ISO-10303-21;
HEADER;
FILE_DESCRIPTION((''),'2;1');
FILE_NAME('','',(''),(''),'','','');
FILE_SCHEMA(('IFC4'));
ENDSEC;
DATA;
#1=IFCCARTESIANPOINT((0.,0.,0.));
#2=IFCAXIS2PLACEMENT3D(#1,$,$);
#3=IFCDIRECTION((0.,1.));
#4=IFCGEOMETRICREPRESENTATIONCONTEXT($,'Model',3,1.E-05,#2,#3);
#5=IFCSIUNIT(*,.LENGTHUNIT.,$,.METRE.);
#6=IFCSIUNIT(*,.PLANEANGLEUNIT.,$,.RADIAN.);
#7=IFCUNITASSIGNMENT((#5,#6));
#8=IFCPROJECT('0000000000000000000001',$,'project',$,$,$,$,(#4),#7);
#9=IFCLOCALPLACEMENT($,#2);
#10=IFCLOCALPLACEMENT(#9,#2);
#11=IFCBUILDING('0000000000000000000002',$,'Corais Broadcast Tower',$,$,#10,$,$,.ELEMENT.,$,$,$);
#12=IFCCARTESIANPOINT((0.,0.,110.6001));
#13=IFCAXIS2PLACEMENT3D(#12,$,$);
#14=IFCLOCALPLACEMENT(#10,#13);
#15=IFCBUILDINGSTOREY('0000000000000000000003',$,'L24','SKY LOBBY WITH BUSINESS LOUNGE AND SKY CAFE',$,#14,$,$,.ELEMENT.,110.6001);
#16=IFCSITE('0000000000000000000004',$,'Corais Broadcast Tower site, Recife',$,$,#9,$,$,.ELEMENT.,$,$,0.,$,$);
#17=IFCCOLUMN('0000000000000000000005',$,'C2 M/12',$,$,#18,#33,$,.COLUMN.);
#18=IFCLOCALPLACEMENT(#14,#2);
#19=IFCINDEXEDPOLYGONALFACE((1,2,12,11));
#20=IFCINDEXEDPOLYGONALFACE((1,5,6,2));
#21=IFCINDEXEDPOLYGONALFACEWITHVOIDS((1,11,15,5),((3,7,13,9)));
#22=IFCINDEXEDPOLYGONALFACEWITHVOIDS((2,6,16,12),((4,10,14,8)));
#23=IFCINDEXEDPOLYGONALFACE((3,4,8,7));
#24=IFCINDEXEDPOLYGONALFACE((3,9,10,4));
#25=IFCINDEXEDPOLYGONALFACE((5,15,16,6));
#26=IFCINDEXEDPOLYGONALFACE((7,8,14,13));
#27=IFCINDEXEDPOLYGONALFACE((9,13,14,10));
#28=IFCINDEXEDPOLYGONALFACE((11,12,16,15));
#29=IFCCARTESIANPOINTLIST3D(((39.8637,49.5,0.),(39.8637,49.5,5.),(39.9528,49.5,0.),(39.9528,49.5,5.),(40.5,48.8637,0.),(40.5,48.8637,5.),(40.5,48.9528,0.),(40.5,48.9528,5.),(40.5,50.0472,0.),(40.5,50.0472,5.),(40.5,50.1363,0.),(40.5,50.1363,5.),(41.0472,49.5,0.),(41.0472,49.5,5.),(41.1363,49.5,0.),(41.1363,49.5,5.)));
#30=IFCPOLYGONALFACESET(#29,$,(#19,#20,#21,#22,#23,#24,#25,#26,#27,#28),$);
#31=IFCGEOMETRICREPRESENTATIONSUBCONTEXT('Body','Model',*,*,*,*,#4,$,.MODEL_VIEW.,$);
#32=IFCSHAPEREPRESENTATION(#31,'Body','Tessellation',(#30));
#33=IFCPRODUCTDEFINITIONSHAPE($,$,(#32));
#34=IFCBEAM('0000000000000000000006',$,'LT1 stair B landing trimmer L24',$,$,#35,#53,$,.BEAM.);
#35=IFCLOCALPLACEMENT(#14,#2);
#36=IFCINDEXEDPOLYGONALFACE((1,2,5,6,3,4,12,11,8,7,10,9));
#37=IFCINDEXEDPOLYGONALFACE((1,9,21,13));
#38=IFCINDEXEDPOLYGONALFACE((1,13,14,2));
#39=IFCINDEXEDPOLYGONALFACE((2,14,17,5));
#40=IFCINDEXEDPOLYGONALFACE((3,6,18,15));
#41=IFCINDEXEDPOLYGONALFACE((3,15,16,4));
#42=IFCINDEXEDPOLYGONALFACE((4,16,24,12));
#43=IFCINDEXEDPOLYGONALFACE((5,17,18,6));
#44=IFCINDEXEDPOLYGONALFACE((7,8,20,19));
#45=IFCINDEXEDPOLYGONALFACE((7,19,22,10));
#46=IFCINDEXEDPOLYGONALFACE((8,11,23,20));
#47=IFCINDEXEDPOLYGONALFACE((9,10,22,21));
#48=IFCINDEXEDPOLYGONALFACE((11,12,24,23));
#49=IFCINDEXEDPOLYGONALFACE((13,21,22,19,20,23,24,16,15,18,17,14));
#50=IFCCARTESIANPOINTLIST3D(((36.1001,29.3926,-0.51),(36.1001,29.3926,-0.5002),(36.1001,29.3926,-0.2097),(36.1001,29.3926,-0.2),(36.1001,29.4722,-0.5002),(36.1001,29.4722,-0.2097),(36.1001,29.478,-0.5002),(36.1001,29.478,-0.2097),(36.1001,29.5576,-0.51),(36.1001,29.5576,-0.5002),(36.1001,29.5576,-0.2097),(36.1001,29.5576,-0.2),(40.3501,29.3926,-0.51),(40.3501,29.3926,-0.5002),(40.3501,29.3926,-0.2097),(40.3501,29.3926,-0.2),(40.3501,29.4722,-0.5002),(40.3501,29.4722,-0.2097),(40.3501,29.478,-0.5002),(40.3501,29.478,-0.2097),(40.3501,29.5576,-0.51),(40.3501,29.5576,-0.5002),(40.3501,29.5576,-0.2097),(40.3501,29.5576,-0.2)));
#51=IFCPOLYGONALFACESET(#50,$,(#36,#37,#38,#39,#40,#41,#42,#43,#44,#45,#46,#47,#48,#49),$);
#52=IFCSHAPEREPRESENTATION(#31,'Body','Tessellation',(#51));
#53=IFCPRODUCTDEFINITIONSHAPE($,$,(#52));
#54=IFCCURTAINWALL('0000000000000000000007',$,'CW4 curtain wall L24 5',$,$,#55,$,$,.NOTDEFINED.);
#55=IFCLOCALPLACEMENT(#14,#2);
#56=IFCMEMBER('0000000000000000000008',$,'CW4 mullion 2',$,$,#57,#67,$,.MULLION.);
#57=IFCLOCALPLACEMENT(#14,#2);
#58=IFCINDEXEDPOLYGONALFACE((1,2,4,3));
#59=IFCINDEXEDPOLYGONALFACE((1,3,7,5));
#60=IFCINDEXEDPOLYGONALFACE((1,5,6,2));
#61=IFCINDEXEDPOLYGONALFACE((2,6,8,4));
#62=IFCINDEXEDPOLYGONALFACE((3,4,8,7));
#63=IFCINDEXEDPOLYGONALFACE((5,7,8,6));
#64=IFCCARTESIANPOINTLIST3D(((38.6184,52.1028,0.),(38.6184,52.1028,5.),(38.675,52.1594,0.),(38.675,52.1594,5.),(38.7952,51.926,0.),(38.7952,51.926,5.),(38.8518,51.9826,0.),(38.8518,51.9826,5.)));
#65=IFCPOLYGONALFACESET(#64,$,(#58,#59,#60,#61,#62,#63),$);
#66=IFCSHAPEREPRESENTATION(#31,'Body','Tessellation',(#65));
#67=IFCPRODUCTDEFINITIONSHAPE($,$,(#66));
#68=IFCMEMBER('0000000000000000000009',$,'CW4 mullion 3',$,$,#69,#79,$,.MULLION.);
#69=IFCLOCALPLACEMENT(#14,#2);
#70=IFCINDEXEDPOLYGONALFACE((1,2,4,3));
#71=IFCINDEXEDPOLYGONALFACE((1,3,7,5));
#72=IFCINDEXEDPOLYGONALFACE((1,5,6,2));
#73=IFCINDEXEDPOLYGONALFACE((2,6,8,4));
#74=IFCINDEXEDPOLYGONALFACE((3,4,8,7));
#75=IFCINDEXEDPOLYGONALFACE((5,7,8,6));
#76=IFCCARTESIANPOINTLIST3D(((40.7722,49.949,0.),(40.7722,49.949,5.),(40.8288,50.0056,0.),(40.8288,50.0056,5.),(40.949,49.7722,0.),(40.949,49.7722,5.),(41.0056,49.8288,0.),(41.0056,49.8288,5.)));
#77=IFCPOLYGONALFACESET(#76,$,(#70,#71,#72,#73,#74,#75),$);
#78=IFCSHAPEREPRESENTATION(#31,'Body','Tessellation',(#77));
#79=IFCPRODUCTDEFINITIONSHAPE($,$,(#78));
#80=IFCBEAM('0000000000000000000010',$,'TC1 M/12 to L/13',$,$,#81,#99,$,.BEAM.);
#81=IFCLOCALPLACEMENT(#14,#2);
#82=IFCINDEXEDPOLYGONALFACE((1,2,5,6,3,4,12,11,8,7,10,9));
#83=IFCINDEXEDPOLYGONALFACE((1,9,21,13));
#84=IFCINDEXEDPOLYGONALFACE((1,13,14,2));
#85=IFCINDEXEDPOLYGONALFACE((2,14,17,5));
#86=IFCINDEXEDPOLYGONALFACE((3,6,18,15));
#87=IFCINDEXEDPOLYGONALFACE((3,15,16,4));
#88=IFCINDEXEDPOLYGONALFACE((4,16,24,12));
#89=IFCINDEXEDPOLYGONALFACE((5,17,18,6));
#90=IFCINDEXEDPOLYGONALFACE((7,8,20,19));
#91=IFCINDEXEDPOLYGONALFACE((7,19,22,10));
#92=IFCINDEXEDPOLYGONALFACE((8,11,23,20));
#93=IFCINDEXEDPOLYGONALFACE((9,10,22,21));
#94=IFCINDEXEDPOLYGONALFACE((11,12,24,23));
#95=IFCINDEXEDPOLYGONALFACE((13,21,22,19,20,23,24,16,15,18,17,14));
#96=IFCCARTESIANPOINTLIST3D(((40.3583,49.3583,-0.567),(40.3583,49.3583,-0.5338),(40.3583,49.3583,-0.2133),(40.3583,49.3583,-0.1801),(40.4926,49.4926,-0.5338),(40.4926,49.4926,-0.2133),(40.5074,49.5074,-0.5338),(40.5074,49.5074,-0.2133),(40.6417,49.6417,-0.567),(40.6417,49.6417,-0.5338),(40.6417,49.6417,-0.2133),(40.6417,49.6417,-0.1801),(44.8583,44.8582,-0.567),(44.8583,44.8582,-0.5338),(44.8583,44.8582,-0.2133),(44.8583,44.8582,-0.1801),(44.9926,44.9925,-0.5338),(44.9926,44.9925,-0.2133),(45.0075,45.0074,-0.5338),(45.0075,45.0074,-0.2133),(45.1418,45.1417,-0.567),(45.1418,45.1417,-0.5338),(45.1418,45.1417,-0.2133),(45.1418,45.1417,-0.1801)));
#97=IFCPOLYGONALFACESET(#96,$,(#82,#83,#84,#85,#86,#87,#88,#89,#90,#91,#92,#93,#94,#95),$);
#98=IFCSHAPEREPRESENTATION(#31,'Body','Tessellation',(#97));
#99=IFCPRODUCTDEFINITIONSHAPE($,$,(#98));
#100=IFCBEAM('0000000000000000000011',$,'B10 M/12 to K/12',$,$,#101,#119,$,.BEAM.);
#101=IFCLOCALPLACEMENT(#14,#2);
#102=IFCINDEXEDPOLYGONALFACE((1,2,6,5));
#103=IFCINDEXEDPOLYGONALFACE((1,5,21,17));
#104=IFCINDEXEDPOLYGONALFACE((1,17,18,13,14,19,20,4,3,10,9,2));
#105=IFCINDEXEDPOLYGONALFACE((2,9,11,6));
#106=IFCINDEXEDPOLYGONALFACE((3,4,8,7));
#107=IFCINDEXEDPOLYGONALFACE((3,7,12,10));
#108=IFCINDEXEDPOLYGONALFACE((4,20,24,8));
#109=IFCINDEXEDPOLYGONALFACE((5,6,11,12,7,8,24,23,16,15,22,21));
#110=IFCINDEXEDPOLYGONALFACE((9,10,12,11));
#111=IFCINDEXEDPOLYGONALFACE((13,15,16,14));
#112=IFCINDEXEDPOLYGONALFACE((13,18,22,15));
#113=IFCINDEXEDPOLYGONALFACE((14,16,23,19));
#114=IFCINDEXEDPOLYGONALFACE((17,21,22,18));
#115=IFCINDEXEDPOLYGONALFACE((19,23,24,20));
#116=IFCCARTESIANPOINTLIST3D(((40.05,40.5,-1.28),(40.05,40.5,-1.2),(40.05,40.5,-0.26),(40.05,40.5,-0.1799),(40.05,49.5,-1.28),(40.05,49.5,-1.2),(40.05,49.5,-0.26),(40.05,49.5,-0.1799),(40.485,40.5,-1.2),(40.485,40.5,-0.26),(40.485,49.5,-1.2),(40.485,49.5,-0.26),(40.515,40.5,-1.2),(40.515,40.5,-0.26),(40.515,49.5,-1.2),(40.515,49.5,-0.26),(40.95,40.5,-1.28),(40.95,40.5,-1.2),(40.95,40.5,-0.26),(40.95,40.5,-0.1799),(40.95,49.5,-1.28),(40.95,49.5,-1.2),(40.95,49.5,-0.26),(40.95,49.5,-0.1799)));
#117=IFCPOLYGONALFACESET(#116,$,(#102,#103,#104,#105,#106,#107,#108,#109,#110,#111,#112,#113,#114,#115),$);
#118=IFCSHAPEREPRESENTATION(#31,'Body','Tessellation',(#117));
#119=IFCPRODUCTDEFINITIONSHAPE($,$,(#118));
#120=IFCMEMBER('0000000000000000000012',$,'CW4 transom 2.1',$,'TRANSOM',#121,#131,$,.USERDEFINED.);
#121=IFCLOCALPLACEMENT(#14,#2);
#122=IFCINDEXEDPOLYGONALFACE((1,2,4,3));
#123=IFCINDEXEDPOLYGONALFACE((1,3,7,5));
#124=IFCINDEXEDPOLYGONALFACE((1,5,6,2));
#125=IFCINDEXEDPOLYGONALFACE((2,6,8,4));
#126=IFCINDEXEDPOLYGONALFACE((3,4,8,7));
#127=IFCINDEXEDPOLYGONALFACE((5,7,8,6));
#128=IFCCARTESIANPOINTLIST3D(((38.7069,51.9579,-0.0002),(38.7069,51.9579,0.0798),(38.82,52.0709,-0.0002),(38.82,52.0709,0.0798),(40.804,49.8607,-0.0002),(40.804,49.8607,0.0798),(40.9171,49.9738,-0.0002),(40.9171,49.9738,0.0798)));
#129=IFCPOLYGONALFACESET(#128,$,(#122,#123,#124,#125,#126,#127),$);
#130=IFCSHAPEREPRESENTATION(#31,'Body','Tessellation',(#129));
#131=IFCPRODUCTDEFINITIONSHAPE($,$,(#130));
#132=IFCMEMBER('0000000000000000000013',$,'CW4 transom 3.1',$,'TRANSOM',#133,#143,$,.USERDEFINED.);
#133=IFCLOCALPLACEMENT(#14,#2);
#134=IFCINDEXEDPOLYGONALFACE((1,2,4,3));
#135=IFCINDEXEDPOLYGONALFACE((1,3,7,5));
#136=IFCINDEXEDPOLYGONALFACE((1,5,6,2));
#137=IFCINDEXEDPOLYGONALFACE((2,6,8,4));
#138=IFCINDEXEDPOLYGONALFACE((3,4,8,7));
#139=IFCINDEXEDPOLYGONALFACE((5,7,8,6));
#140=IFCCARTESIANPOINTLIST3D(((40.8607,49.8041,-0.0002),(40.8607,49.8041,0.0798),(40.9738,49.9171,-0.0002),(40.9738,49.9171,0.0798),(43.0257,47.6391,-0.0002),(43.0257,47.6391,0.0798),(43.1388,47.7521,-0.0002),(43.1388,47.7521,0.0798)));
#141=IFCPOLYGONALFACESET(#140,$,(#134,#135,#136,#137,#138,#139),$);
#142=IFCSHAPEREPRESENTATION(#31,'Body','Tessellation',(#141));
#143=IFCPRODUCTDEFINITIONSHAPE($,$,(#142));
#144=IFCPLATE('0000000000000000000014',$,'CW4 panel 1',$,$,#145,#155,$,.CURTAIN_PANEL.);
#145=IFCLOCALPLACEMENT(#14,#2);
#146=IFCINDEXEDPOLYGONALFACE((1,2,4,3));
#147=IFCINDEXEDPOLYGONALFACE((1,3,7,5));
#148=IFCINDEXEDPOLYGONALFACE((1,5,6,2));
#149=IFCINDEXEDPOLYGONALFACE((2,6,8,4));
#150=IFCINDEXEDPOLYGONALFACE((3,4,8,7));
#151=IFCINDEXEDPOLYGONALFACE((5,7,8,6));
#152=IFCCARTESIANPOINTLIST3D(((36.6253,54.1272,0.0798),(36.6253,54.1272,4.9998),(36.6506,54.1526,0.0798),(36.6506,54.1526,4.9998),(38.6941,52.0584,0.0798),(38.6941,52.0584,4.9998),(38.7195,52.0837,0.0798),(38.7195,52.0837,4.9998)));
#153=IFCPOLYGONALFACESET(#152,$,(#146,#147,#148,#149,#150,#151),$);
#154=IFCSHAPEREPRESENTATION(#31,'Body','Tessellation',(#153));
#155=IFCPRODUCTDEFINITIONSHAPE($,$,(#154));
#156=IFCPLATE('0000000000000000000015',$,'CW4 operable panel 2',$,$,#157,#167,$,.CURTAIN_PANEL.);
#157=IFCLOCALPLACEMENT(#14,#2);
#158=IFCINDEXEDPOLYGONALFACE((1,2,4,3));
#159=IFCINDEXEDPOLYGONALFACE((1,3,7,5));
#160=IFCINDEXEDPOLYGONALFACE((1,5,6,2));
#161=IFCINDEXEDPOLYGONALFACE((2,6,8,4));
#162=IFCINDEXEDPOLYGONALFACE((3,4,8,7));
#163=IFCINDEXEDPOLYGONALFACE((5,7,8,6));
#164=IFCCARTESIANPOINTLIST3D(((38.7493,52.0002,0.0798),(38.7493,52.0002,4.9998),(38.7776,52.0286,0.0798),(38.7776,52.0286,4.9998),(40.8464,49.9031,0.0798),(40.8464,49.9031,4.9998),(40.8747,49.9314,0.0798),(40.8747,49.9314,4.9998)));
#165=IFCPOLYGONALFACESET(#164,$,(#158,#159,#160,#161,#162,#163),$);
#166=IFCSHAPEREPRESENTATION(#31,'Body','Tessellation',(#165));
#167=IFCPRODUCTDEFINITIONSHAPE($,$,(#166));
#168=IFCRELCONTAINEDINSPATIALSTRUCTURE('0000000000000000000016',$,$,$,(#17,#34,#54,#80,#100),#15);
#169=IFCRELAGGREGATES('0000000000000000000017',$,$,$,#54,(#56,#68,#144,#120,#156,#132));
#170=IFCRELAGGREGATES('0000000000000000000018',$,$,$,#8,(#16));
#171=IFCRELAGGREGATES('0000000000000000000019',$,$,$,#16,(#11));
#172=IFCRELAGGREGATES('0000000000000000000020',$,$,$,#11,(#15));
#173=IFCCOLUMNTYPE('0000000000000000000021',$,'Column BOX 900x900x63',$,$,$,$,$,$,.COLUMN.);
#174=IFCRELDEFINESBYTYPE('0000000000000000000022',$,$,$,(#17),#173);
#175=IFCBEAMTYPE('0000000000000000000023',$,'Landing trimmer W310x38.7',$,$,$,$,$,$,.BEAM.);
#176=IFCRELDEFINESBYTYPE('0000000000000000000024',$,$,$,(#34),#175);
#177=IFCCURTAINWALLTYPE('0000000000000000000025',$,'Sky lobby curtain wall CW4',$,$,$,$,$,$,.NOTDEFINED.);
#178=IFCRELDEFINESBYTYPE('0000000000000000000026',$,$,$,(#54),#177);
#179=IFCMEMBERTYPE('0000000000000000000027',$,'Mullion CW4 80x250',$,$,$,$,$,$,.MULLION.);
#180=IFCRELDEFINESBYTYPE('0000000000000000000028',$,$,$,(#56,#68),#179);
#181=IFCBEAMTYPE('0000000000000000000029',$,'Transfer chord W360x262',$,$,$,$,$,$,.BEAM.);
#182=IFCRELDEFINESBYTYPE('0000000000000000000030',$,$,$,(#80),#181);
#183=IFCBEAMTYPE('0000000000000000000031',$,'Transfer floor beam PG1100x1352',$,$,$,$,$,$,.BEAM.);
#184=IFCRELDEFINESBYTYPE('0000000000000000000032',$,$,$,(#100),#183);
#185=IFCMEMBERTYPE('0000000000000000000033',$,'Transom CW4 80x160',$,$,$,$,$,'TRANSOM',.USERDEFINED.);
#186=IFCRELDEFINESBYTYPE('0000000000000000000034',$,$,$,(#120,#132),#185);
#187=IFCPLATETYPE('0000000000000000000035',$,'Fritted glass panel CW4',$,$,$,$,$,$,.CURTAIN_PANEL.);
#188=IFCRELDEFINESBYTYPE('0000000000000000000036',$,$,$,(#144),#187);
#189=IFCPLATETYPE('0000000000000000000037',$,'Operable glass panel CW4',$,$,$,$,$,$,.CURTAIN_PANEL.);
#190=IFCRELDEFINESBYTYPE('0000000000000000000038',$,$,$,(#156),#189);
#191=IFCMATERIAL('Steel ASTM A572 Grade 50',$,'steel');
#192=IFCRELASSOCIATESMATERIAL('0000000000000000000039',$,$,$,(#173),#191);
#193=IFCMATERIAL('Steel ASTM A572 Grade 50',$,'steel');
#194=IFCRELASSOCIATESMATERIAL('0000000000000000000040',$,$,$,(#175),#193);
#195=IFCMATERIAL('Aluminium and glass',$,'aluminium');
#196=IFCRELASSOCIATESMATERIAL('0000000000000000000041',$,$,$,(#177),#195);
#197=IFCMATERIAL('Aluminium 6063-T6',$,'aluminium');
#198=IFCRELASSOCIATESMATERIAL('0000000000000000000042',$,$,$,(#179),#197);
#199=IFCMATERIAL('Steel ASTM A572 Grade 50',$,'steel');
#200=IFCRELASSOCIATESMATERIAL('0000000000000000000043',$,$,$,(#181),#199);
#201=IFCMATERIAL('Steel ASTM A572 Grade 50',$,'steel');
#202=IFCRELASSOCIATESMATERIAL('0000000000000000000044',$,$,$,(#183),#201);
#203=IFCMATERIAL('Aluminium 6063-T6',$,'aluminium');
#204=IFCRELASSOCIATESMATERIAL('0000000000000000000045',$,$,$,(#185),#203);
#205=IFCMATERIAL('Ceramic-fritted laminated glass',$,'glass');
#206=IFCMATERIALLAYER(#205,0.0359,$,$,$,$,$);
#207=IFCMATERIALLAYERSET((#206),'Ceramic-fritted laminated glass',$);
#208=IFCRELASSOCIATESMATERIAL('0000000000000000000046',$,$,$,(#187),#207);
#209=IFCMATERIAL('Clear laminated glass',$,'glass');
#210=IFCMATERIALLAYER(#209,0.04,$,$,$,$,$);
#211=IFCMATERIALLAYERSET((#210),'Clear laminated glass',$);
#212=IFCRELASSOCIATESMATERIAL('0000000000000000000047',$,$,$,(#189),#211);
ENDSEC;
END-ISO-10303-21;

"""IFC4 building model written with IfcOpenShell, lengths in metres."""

from ifc_helpers import new_model, si_unit, direction, frame, origin, origin_2d, place, context, subcontext, project, spatial, rectangle, hollow_rectangle, i_section, extrude, material, layer, layer_set, material_profile, profile_set, type_object, element, aggregate, save


model = new_model("IFC4")

# Units and contexts
model_context = context("Model", 3, precision=1e-05, world=origin(), true_north=direction((0.0, 1.0)))
body_context = subcontext(model_context, "Body", "Model", "MODEL_VIEW")
ifc_project = project(units=[si_unit("LENGTHUNIT", "METRE"), si_unit("PLANEANGLEUNIT", "RADIAN")], contexts=[model_context])

# Site, building, storey
site_placement = place(None, origin())
site = spatial("IfcSite", under=ifc_project, at=site_placement, Name="Corais Broadcast Tower site, Recife", CompositionType="ELEMENT", RefElevation=0.0)
building_placement = place(site_placement, origin())
building = spatial("IfcBuilding", under=site, at=building_placement, Name="Corais Broadcast Tower", CompositionType="ELEMENT")
storey_placement = place(building_placement, frame((0.0, 0.0, 110.6001)))
storey = spatial("IfcBuildingStorey", under=building, at=storey_placement, Name="L24", Description="SKY LOBBY WITH BUSINESS LOUNGE AND SKY CAFE", CompositionType="ELEMENT", Elevation=110.6001)

# Column
ifc_material_1 = material(Name="Steel ASTM A572 Grade 50", Category="steel")
ifc_material_profile_1 = material_profile(ifc_material_1, hollow_rectangle(XDim=0.8999, YDim=0.8999, WallThickness=0.063, at=origin_2d()), Name="BOX 900x900x63")
ifc_profile_set_1 = profile_set([ifc_material_profile_1], Name="Steel ASTM A572 Grade 50")
column_type = type_object("IfcColumnType", Name="Column BOX 900x900x63", PredefinedType="COLUMN", material=ifc_profile_set_1)
column_placement = place(storey_placement, frame((40.5, 49.5, 0.0), z_axis=(0.0, 0.0, 1.0), x_axis=(0.707107, 0.707107, 0.0)))
element("IfcColumn", 1, at=column_placement, inside=storey, type_object=column_type, Name="C2 M/12", PredefinedType="COLUMN", context=body_context, shape_type="SweptSolid", body=[
    extrude(hollow_rectangle(XDim=0.8999, YDim=0.8999, WallThickness=0.063, at=origin_2d()), origin(), (0.0, 0.0, 1.0), 5.0),
])

# Beam
ifc_material_2 = material(Name="Steel ASTM A572 Grade 50", Category="steel")
ifc_material_profile_2 = material_profile(ifc_material_2, i_section(OverallWidth=0.165, OverallDepth=0.3101, WebThickness=0.0059, FlangeThickness=0.0098, at=origin_2d()), Name="W310x38.7")
ifc_profile_set_2 = profile_set([ifc_material_profile_2], Name="Steel ASTM A572 Grade 50")
beam_type_1 = type_object("IfcBeamType", Name="Landing trimmer W310x38.7", PredefinedType="BEAM", material=ifc_profile_set_2)
beam_1_placement = place(storey_placement, frame((36.1001, 29.4751, -0.355), z_axis=(1.0, 0.0, 0.0), x_axis=(0.0, 1.0, 0.0)))
element("IfcBeam", 2, at=beam_1_placement, inside=storey, type_object=beam_type_1, Name="LT1 stair B landing trimmer L24", PredefinedType="BEAM", context=body_context, shape_type="SweptSolid", body=[
    extrude(i_section(OverallWidth=0.165, OverallDepth=0.3101, WebThickness=0.0059, FlangeThickness=0.0098, at=origin_2d()), origin(), (0.0, 0.0, 1.0), 4.25),
])

# Curtain wall, members
ifc_material_3 = material(Name="Aluminium and glass", Category="aluminium")
curtain_wall_type = type_object("IfcCurtainWallType", Name="Sky lobby curtain wall CW4", PredefinedType="NOTDEFINED", material=ifc_material_3)
curtain_wall_placement = place(storey_placement, origin())
curtain_wall = element("IfcCurtainWall", 3, at=curtain_wall_placement, inside=storey, type_object=curtain_wall_type, Name="CW4 curtain wall L24 5", PredefinedType="NOTDEFINED")
ifc_material_4 = material(Name="Aluminium 6063-T6", Category="aluminium")
ifc_material_profile_3 = material_profile(ifc_material_4, rectangle(XDim=0.0801, YDim=0.25, at=origin_2d()), Name="Mullion CW4 80x250")
ifc_profile_set_3 = profile_set([ifc_material_profile_3], Name="Aluminium 6063-T6")
member_type_1 = type_object("IfcMemberType", Name="Mullion CW4 80x250", PredefinedType="MULLION", material=ifc_profile_set_3)
member_1_placement = place(storey_placement, frame((38.7351, 52.0427, 0.0), z_axis=(0.0, 0.0, 1.0), x_axis=(0.707107, 0.707107, 0.0)))
member_1 = element("IfcMember", 4, at=member_1_placement, type_object=member_type_1, Name="CW4 mullion 2", PredefinedType="MULLION", context=body_context, shape_type="SweptSolid", body=[
    extrude(rectangle(XDim=0.0801, YDim=0.25, at=origin_2d()), origin(), (0.0, 0.0, 1.0), 5.0),
])
member_2_placement = place(storey_placement, frame((40.8889, 49.8889, 0.0), z_axis=(0.0, 0.0, 1.0), x_axis=(0.707107, 0.707107, 0.0)))
member_2 = element("IfcMember", 5, at=member_2_placement, type_object=member_type_1, Name="CW4 mullion 3", PredefinedType="MULLION", context=body_context, shape_type="SweptSolid", body=[
    extrude(rectangle(XDim=0.0801, YDim=0.25, at=origin_2d()), origin(), (0.0, 0.0, 1.0), 5.0),
])

# Beams
ifc_material_5 = material(Name="Steel ASTM A572 Grade 50", Category="steel")
ifc_material_profile_4 = material_profile(ifc_material_5, i_section(OverallWidth=0.4009, OverallDepth=0.387, WebThickness=0.021, FlangeThickness=0.0332, at=origin_2d()), Name="W360x262")
ifc_profile_set_4 = profile_set([ifc_material_profile_4], Name="Steel ASTM A572 Grade 50")
beam_type_2 = type_object("IfcBeamType", Name="Transfer chord W360x262", PredefinedType="BEAM", material=ifc_profile_set_4)
beam_2_placement = place(storey_placement, frame((40.5, 49.5, -0.3735), z_axis=(0.707107, -0.707107, 0.0), x_axis=(0.707107, 0.707107, 0.0)))
element("IfcBeam", 6, at=beam_2_placement, inside=storey, type_object=beam_type_2, Name="TC1 M/12 to L/13", PredefinedType="BEAM", context=body_context, shape_type="SweptSolid", body=[
    extrude(i_section(OverallWidth=0.4009, OverallDepth=0.387, WebThickness=0.021, FlangeThickness=0.0332, at=origin_2d()), origin(), (0.0, 0.0, 1.0), 6.364),
])
ifc_material_6 = material(Name="Steel ASTM A572 Grade 50", Category="steel")
ifc_material_profile_5 = material_profile(ifc_material_6, i_section(OverallWidth=0.8999, OverallDepth=1.1001, WebThickness=0.03, FlangeThickness=0.0801, at=origin_2d()), Name="PG1100x1352")
ifc_profile_set_5 = profile_set([ifc_material_profile_5], Name="Steel ASTM A572 Grade 50")
beam_type_3 = type_object("IfcBeamType", Name="Transfer floor beam PG1100x1352", PredefinedType="BEAM", material=ifc_profile_set_5)
beam_3_placement = place(storey_placement, frame((40.5, 49.5, -0.73), z_axis=(0.0, -1.0, 0.0), x_axis=(1.0, 0.0, 0.0)))
element("IfcBeam", 7, at=beam_3_placement, inside=storey, type_object=beam_type_3, Name="B10 M/12 to K/12", PredefinedType="BEAM", context=body_context, shape_type="SweptSolid", body=[
    extrude(i_section(OverallWidth=0.8999, OverallDepth=1.1001, WebThickness=0.03, FlangeThickness=0.0801, at=origin_2d()), origin(), (0.0, 0.0, 1.0), 9.0),
])

# Members
ifc_material_7 = material(Name="Aluminium 6063-T6", Category="aluminium")
ifc_material_profile_6 = material_profile(ifc_material_7, rectangle(XDim=0.1599, YDim=0.0801, at=origin_2d()), Name="Transom CW4 80x160")
ifc_profile_set_6 = profile_set([ifc_material_profile_6], Name="Aluminium 6063-T6")
member_type_2 = type_object("IfcMemberType", Name="Transom CW4 80x160", ElementType="TRANSOM", PredefinedType="USERDEFINED", material=ifc_profile_set_6)
member_3_placement = place(storey_placement, frame((38.7634, 52.0144, 0.0398), z_axis=(0.707107, -0.707107, 0.0), x_axis=(0.707107, 0.707107, 0.0)))
member_3 = element("IfcMember", 8, at=member_3_placement, type_object=member_type_2, Name="CW4 transom 2.1", ObjectType="TRANSOM", PredefinedType="USERDEFINED", context=body_context, shape_type="SweptSolid", body=[
    extrude(rectangle(XDim=0.1599, YDim=0.0801, at=origin_2d()), origin(), (0.0, 0.0, 1.0), 2.9658),
])
member_4_placement = place(storey_placement, frame((40.9172, 49.8606, 0.0398), z_axis=(0.707107, -0.707107, 0.0), x_axis=(0.707107, 0.707107, 0.0)))
member_4 = element("IfcMember", 9, at=member_4_placement, type_object=member_type_2, Name="CW4 transom 3.1", ObjectType="TRANSOM", PredefinedType="USERDEFINED", context=body_context, shape_type="SweptSolid", body=[
    extrude(rectangle(XDim=0.1599, YDim=0.0801, at=origin_2d()), origin(), (0.0, 0.0, 1.0), 3.0618),
])

# Plates
ifc_material_8 = material(Name="Ceramic-fritted laminated glass", Category="glass")
ifc_layer_1 = layer(ifc_material_8, 0.0359)
ifc_layer_set_1 = layer_set([ifc_layer_1], Name="Ceramic-fritted laminated glass")
plate_type_1 = type_object("IfcPlateType", Name="Fritted glass panel CW4", PredefinedType="CURTAIN_PANEL", material=ifc_layer_set_1)
plate_1_placement = place(storey_placement, frame((37.6724, 53.1055, 0.0798), z_axis=(0.0, 0.0, 1.0), x_axis=(0.707107, -0.707107, 0.0)))
plate_1 = element("IfcPlate", 10, at=plate_1_placement, type_object=plate_type_1, Name="CW4 panel 1", PredefinedType="CURTAIN_PANEL", context=body_context, shape_type="SweptSolid", body=[
    extrude(rectangle(XDim=2.9258, YDim=0.0359, at=origin_2d()), origin(), (0.0, 0.0, 1.0), 4.9199),
])
ifc_material_9 = material(Name="Clear laminated glass", Category="glass")
ifc_layer_2 = layer(ifc_material_9, 0.04)
ifc_layer_set_2 = layer_set([ifc_layer_2], Name="Clear laminated glass")
plate_type_2 = type_object("IfcPlateType", Name="Operable glass panel CW4", PredefinedType="CURTAIN_PANEL", material=ifc_layer_set_2)
plate_2_placement = place(storey_placement, frame((39.812, 50.9658, 0.0798), z_axis=(0.0, 0.0, 1.0), x_axis=(0.707107, -0.707107, 0.0)))
plate_2 = element("IfcPlate", 11, at=plate_2_placement, type_object=plate_type_2, Name="CW4 operable panel 2", PredefinedType="CURTAIN_PANEL", context=body_context, shape_type="SweptSolid", body=[
    extrude(rectangle(XDim=2.9658, YDim=0.04, at=origin_2d()), origin(), (0.0, 0.0, 1.0), 4.9199),
])
aggregate(curtain_wall, [member_1, member_2, plate_1, member_3, plate_2, member_4])

save(model, "model.ifc")
